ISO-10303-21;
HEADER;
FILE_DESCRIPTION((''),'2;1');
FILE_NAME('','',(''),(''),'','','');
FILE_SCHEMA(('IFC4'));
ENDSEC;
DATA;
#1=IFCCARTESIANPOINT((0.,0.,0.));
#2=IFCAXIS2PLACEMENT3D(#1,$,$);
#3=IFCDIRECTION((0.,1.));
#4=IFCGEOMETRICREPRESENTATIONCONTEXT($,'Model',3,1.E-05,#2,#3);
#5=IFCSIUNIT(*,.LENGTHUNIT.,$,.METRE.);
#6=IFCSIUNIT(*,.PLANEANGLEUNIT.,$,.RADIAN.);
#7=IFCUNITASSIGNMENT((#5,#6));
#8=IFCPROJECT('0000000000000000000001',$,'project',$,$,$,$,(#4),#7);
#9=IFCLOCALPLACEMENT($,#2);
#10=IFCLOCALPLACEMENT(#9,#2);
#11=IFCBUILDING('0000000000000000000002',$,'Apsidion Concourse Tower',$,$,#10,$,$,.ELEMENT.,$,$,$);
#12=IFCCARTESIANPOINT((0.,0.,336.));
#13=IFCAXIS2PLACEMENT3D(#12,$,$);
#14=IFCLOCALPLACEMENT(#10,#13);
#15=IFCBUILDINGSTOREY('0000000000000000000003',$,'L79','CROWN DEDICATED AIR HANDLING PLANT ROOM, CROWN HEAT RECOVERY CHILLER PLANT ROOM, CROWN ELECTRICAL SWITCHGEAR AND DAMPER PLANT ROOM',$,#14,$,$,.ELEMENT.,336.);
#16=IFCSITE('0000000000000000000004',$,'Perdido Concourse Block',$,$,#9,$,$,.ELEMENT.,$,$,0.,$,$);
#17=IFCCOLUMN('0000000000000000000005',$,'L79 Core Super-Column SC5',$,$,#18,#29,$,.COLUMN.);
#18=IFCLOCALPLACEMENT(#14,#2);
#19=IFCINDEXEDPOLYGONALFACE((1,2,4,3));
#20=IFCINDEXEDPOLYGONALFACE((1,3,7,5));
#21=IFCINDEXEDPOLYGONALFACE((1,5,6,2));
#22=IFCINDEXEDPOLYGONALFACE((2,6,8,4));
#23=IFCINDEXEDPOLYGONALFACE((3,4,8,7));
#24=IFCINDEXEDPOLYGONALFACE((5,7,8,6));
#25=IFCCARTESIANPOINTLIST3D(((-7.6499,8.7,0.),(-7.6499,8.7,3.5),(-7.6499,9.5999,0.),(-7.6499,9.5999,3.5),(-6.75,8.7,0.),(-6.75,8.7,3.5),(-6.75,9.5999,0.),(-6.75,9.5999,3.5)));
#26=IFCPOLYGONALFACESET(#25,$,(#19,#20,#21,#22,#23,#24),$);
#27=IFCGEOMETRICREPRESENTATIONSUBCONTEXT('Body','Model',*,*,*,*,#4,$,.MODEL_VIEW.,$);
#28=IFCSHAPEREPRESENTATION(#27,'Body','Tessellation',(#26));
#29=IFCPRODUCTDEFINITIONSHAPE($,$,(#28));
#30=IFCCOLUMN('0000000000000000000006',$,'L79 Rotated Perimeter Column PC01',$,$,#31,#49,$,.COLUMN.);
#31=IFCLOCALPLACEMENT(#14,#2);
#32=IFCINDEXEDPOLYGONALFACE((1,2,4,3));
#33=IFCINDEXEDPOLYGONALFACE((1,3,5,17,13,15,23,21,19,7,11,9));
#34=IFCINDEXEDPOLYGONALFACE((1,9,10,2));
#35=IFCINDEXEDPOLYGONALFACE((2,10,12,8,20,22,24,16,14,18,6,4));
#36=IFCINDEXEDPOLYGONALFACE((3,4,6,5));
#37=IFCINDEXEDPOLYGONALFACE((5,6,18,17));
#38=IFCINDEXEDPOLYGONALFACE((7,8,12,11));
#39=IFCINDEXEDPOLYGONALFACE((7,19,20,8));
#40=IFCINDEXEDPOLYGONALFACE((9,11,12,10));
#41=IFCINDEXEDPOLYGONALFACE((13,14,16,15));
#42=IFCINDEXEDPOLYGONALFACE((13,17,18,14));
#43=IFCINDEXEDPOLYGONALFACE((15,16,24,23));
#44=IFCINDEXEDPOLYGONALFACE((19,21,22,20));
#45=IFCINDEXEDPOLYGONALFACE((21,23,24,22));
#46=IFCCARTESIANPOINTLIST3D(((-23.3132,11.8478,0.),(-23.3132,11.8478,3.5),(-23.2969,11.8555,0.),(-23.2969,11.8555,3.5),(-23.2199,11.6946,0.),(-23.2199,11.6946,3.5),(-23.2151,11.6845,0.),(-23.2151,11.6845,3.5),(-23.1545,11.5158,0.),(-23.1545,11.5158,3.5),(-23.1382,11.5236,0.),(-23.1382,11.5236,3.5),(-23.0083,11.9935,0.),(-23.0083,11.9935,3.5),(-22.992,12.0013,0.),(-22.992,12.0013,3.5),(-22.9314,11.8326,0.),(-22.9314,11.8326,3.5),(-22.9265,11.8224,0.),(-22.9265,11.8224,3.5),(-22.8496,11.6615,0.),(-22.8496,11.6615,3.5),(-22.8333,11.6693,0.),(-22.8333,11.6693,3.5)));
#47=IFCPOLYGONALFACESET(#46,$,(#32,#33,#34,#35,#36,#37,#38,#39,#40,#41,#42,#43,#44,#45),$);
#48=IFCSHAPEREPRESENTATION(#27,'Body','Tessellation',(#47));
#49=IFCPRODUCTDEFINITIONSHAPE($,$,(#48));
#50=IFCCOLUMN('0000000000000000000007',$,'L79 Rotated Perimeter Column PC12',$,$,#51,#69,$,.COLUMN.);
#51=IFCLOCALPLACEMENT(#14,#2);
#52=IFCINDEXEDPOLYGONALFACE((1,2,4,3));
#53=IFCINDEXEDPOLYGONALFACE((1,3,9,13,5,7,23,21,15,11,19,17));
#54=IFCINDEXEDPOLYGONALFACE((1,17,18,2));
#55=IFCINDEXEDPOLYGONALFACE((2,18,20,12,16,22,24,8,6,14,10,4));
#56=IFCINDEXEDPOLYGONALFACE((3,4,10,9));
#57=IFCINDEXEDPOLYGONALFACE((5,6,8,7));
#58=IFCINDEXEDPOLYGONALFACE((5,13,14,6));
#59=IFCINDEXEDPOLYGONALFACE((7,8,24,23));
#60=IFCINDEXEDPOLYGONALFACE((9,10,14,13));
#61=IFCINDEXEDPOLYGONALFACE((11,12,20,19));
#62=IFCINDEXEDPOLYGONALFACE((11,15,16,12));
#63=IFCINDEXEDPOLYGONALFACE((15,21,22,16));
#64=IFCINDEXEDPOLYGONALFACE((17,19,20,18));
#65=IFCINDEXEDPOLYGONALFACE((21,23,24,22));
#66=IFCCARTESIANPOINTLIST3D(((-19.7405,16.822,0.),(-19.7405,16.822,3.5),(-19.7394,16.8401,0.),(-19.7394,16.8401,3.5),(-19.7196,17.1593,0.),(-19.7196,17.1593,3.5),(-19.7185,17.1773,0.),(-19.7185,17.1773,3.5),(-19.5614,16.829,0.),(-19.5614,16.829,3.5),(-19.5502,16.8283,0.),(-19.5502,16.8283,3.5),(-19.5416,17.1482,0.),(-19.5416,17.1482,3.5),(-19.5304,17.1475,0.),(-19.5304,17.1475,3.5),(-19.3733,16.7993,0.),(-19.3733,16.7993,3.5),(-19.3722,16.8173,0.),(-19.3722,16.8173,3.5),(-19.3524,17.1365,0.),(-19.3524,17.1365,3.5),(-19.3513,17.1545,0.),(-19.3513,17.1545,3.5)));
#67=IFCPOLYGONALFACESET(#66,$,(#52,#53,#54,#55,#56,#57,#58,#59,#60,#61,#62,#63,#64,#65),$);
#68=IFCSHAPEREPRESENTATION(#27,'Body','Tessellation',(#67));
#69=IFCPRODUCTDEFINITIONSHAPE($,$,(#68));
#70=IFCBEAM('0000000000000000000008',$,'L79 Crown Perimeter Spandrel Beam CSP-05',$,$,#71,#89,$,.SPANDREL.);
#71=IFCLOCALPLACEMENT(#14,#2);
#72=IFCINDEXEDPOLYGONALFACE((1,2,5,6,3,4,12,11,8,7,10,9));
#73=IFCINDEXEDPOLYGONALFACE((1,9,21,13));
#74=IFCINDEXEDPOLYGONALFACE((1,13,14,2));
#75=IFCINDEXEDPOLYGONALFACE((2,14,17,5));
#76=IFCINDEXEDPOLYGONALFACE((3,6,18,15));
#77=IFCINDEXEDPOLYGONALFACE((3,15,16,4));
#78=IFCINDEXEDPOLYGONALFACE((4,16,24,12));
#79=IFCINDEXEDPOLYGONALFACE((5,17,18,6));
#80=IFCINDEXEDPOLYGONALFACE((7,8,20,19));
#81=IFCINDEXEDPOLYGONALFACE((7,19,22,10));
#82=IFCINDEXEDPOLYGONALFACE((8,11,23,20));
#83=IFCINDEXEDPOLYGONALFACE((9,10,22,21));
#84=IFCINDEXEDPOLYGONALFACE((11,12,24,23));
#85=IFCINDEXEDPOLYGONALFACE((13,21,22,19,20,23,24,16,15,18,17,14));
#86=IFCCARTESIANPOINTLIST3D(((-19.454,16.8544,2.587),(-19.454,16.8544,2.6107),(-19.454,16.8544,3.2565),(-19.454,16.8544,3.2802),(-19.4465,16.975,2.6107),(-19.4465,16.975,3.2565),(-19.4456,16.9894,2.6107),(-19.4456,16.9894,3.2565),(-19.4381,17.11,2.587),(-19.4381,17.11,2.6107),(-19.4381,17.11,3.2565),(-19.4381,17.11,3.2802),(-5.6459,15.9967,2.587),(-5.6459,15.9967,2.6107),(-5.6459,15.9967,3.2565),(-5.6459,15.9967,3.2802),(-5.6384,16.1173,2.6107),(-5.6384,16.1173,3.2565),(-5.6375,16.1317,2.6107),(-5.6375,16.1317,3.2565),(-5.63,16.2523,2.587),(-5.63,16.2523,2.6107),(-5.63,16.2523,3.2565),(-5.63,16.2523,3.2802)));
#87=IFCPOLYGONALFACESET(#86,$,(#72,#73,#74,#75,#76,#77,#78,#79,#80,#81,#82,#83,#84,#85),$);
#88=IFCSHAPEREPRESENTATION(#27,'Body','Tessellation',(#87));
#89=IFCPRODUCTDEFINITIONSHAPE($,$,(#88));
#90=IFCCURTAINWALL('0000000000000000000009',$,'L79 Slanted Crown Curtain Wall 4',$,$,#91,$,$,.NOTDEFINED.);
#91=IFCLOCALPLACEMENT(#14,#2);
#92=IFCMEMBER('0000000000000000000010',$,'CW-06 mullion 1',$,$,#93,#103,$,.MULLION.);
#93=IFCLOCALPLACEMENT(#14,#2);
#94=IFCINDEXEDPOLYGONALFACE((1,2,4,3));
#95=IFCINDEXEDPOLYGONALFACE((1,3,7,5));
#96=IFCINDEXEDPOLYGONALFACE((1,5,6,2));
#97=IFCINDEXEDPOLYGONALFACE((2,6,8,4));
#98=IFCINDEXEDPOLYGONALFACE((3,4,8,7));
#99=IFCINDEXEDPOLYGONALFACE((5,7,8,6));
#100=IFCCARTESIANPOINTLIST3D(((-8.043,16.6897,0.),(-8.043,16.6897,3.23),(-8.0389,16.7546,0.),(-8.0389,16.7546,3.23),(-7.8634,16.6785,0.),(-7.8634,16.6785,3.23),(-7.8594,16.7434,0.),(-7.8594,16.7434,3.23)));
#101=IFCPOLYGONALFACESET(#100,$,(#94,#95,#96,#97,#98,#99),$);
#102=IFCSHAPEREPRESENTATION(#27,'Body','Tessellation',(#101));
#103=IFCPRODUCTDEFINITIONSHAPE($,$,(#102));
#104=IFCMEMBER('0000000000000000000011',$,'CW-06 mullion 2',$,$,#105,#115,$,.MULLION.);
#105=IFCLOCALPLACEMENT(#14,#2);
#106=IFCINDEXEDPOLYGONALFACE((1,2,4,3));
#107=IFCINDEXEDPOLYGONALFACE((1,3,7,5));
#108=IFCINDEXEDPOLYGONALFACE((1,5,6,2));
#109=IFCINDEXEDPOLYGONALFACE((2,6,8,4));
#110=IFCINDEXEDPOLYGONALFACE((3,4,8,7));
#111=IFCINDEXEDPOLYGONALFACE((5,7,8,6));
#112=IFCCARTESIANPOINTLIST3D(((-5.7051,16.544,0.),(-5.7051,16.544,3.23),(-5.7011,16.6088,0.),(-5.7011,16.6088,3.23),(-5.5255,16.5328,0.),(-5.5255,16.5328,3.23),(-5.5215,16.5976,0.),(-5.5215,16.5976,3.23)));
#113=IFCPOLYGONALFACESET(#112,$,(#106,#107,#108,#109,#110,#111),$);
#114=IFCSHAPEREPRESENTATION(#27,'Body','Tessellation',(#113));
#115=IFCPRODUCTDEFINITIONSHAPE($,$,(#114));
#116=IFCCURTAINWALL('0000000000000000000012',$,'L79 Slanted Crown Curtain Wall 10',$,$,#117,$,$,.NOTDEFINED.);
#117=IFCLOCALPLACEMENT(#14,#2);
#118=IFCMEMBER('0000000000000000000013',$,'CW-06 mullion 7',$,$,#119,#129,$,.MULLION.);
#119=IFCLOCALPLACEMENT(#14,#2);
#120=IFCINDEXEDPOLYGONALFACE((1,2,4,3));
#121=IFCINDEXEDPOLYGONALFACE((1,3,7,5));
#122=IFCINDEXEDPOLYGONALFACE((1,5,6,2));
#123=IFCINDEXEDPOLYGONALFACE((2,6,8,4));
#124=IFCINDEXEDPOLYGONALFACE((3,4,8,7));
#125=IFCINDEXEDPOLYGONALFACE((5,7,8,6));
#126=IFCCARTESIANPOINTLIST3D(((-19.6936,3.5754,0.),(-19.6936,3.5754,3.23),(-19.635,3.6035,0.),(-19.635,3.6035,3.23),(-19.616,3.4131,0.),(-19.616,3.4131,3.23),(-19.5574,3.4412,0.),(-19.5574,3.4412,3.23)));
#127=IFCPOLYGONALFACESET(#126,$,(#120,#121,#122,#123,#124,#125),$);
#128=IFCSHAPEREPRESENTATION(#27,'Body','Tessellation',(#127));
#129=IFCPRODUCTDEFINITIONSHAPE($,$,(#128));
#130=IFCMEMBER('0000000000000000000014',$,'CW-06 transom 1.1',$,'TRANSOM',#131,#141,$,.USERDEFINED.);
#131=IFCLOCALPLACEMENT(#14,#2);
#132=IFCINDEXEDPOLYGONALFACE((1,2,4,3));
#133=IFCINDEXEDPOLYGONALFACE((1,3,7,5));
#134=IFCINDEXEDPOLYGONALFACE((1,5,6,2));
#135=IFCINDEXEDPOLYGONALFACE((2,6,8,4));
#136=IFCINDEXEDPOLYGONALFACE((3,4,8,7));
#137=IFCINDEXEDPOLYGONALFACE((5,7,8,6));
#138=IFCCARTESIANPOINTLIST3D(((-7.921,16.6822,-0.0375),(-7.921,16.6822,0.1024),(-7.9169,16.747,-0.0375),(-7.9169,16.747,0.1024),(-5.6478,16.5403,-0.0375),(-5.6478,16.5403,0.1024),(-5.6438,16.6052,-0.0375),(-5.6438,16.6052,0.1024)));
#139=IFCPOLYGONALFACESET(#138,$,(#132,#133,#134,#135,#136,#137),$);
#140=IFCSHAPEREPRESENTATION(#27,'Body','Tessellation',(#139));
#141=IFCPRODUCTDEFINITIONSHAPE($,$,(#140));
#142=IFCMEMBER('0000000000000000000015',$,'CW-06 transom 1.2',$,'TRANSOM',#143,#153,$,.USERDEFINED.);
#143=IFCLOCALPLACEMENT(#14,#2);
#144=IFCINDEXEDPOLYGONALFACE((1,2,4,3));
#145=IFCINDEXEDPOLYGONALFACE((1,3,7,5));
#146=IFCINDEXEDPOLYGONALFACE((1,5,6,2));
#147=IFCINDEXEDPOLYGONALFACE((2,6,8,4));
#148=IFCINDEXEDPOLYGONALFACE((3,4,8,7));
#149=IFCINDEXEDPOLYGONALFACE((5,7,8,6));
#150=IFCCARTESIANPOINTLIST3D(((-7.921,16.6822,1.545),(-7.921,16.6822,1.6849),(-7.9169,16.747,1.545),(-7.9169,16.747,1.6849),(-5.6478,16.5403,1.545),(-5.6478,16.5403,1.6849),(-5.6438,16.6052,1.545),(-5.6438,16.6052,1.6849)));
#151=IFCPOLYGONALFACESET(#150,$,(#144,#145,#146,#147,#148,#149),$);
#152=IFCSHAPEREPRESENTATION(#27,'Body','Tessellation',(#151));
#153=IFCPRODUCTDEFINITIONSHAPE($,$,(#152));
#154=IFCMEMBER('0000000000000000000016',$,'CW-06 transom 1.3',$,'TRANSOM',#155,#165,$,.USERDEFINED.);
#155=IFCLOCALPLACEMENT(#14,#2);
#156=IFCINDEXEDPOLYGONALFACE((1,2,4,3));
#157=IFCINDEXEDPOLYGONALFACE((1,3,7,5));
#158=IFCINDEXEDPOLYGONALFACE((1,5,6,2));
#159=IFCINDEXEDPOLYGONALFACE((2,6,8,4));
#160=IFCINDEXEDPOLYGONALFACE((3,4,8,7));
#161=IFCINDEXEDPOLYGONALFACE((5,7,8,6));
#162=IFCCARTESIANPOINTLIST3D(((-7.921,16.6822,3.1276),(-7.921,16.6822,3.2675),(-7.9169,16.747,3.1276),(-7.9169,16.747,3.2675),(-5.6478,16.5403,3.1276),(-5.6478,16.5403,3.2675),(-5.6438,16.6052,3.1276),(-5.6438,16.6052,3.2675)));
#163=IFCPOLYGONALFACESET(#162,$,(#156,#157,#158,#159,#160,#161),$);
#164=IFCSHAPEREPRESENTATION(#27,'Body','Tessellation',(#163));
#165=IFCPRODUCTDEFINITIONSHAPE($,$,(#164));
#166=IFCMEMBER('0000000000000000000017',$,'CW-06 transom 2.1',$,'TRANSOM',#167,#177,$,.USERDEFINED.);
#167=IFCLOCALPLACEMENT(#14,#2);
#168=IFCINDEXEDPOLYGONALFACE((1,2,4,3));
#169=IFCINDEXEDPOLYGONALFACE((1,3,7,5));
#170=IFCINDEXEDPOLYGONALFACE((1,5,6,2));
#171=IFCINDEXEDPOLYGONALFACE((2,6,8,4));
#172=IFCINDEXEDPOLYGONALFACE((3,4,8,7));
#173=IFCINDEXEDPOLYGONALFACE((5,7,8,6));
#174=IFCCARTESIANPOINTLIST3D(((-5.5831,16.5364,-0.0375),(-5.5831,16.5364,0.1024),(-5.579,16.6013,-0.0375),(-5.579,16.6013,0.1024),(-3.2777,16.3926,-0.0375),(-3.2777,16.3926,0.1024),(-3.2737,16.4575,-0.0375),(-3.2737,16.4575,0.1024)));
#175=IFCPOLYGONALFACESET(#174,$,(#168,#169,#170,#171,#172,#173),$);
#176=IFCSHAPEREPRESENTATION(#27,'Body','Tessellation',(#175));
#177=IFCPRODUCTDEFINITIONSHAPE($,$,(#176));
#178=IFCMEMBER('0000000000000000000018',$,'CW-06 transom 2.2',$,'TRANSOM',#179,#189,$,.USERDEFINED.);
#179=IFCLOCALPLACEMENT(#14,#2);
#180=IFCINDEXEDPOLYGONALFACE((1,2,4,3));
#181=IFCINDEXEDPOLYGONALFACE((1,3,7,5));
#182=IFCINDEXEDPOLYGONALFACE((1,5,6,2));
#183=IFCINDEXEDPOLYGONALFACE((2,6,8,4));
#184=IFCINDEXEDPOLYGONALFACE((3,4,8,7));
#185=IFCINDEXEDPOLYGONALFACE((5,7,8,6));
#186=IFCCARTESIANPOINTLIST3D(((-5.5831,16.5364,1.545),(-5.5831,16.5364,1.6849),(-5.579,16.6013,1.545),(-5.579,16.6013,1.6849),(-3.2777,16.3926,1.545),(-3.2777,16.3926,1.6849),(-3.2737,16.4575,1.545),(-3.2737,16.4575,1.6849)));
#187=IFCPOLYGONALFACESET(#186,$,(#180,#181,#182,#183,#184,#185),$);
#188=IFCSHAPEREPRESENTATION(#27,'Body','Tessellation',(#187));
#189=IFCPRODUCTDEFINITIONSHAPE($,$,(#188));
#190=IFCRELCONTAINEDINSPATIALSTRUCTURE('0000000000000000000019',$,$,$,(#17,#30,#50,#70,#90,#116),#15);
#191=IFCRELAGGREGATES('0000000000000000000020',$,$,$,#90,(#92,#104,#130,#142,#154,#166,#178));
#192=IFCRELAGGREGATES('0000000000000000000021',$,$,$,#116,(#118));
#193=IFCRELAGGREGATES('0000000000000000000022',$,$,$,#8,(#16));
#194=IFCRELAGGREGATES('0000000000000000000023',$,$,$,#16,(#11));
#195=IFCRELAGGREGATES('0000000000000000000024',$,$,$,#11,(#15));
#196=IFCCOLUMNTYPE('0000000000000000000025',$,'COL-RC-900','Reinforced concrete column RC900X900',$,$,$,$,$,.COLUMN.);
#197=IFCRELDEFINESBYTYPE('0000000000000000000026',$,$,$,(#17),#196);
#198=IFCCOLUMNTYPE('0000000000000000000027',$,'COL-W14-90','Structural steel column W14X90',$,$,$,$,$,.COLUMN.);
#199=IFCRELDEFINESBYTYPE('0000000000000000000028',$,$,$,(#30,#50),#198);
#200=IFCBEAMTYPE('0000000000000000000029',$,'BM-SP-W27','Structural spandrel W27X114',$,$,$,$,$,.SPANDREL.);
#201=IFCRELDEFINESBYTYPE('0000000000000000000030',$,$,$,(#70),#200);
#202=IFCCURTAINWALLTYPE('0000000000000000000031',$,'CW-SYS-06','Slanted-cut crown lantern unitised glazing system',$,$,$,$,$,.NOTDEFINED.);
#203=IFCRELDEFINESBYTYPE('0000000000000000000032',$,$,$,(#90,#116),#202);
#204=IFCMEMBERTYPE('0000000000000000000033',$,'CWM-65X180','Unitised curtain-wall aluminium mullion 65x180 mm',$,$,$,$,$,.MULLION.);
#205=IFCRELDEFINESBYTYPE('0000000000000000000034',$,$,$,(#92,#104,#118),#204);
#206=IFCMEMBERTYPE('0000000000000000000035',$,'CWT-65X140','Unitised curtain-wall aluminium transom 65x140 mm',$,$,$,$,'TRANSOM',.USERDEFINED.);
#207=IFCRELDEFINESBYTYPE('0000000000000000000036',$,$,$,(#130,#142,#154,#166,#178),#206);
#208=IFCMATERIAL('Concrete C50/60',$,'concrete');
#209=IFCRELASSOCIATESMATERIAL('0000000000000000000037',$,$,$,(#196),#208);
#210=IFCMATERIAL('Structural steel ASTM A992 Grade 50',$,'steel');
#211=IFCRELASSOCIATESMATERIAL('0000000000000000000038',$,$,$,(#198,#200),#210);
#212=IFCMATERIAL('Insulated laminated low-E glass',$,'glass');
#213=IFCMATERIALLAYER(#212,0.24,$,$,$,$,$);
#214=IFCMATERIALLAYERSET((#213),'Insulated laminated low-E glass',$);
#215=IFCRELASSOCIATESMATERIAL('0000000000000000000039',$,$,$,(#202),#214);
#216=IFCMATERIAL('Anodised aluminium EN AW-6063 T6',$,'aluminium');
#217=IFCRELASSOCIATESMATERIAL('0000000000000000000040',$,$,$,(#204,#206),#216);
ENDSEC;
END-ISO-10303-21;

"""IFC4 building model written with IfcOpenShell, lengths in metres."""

from ifc_helpers import new_model, si_unit, direction, frame, origin, origin_2d, place, context, subcontext, project, spatial, rectangle, i_section, extrude, material, layer, layer_set, material_profile, profile_set, type_object, element, aggregate, save


model = new_model("IFC4")

# Units and contexts
model_context = context("Model", 3, precision=1e-05, world=origin(), true_north=direction((0.0, 1.0)))
body_context = subcontext(model_context, "Body", "Model", "MODEL_VIEW")
ifc_project = project(units=[si_unit("LENGTHUNIT", "METRE"), si_unit("PLANEANGLEUNIT", "RADIAN")], contexts=[model_context])

# Site, building, storey
site_placement = place(None, origin())
site = spatial("IfcSite", under=ifc_project, at=site_placement, Name="Perdido Concourse Block", CompositionType="ELEMENT", RefElevation=0.0)
building_placement = place(site_placement, origin())
building = spatial("IfcBuilding", under=site, at=building_placement, Name="Apsidion Concourse Tower", CompositionType="ELEMENT")
storey_placement = place(building_placement, frame((0.0, 0.0, 336.0)))
storey = spatial("IfcBuildingStorey", under=building, at=storey_placement, Name="L79", Description="CROWN DEDICATED AIR HANDLING PLANT ROOM, CROWN HEAT RECOVERY CHILLER PLANT ROOM, CROWN ELECTRICAL SWITCHGEAR AND DAMPER PLANT ROOM", CompositionType="ELEMENT", Elevation=336.0)

# Columns
ifc_material_1 = material(Name="Concrete C50/60", Category="concrete")
ifc_material_profile_1 = material_profile(ifc_material_1, rectangle(XDim=0.8999, YDim=0.8999, at=origin_2d()), Name="RC 900x900")
ifc_profile_set_1 = profile_set([ifc_material_profile_1], Name="Concrete C50/60")
column_type_1 = type_object("IfcColumnType", Name="COL-RC-900", Description="Reinforced concrete column RC900X900", PredefinedType="COLUMN", material=ifc_profile_set_1)
column_placement = place(storey_placement, frame((-7.2, 9.1499, 0.0), z_axis=(0.0, 0.0, 1.0), x_axis=(1.0, 0.0, 0.0)))
element("IfcColumn", 1, at=column_placement, inside=storey, type_object=column_type_1, Name="L79 Core Super-Column SC5", PredefinedType="COLUMN", context=body_context, shape_type="SweptSolid", body=[
    extrude(rectangle(XDim=0.8999, YDim=0.8999, at=origin_2d()), origin(), (0.0, 0.0, 1.0), 3.5),
])
ifc_material_2 = material(Name="Structural steel ASTM A992 Grade 50", Category="steel")
ifc_material_profile_2 = material_profile(ifc_material_2, i_section(OverallWidth=0.3679, OverallDepth=0.356, WebThickness=0.0112, FlangeThickness=0.0181, at=origin_2d()), Name="W14X90")
ifc_profile_set_2 = profile_set([ifc_material_profile_2], Name="Structural steel ASTM A992 Grade 50")
column_type_2 = type_object("IfcColumnType", Name="COL-W14-90", Description="Structural steel column W14X90", PredefinedType="COLUMN", material=ifc_profile_set_2)
for number, where, z_axis, x_axis, name in (
    (2, (-23.0732, 11.7585, 0.0), (0.0, 0.0, 1.0), (-0.431299, 0.902209, 0.0), "L79 Rotated Perimeter Column PC01"),
    (3, (-19.5459, 16.9883, 0.0), (0.0, 0.0, 1.0), (-0.998081, 0.06192, 0.0), "L79 Rotated Perimeter Column PC12"),
):
    element("IfcColumn", number, at=place(storey_placement, frame(where, z_axis=z_axis, x_axis=x_axis)), inside=storey, type_object=column_type_2, Name=name, PredefinedType="COLUMN", context=body_context, shape_type="SweptSolid", body=[
        extrude(i_section(OverallWidth=0.3679, OverallDepth=0.356, WebThickness=0.0112, FlangeThickness=0.0181, at=origin_2d()), origin(), (0.0, 0.0, 1.0), 3.5),
    ])

# Beam
ifc_material_profile_3 = material_profile(ifc_material_2, i_section(OverallWidth=0.2561, OverallDepth=0.6931, WebThickness=0.0144, FlangeThickness=0.0237, at=origin_2d()), Name="W27X114")
ifc_profile_set_3 = profile_set([ifc_material_profile_3], Name="Structural steel ASTM A992 Grade 50")
beam_type = type_object("IfcBeamType", Name="BM-SP-W27", Description="Structural spandrel W27X114", PredefinedType="SPANDREL", material=ifc_profile_set_3)
beam_placement = place(storey_placement, frame((-5.6379, 16.1245, 2.9336), z_axis=(-0.998077, 0.061994, 0.0), x_axis=(-0.061994, -0.998077, 0.0)))
element("IfcBeam", 4, at=beam_placement, inside=storey, type_object=beam_type, Name="L79 Crown Perimeter Spandrel Beam CSP-05", PredefinedType="SPANDREL", context=body_context, shape_type="SweptSolid", body=[
    extrude(i_section(OverallWidth=0.2561, OverallDepth=0.6931, WebThickness=0.0144, FlangeThickness=0.0237, at=origin_2d()), origin(), (0.0, 0.0, 1.0), 13.8347),
])

# Curtain wall, members
ifc_material_3 = material(Name="Insulated laminated low-E glass", Category="glass")
ifc_layer_1 = layer(ifc_material_3, 0.24)
ifc_layer_set_1 = layer_set([ifc_layer_1], Name="Insulated laminated low-E glass")
curtain_wall_type = type_object("IfcCurtainWallType", Name="CW-SYS-06", Description="Slanted-cut crown lantern unitised glazing system", PredefinedType="NOTDEFINED", material=ifc_layer_set_1)
curtain_wall_1_placement = place(storey_placement, origin())
curtain_wall_1 = element("IfcCurtainWall", 5, at=curtain_wall_1_placement, inside=storey, type_object=curtain_wall_type, Name="L79 Slanted Crown Curtain Wall 4", PredefinedType="NOTDEFINED")
ifc_material_4 = material(Name="Anodised aluminium EN AW-6063 T6", Category="aluminium")
ifc_material_profile_4 = material_profile(ifc_material_4, rectangle(XDim=0.0649, YDim=0.1799, at=origin_2d()), Name="ALU MULLION 65x180")
ifc_profile_set_4 = profile_set([ifc_material_profile_4], Name="Anodised aluminium EN AW-6063 T6")
member_type_1 = type_object("IfcMemberType", Name="CWM-65X180", Description="Unitised curtain-wall aluminium mullion 65x180 mm", PredefinedType="MULLION", material=ifc_profile_set_4)
member_1_placement = place(storey_placement, frame((-7.9512, 16.7166, 0.0), z_axis=(0.0, 0.0, 1.0), x_axis=(0.062245, 0.998061, 0.0)))
member_1 = element("IfcMember", 6, at=member_1_placement, type_object=member_type_1, Name="CW-06 mullion 1", PredefinedType="MULLION", context=body_context, shape_type="SweptSolid", body=[
    extrude(rectangle(XDim=0.0649, YDim=0.1799, at=origin_2d()), origin(), (0.0, 0.0, 1.0), 3.23),
])
member_2_placement = place(storey_placement, frame((-5.6133, 16.5708, 0.0), z_axis=(0.0, 0.0, 1.0), x_axis=(0.062245, 0.998061, 0.0)))
member_2 = element("IfcMember", 7, at=member_2_placement, type_object=member_type_1, Name="CW-06 mullion 2", PredefinedType="MULLION", context=body_context, shape_type="SweptSolid", body=[
    extrude(rectangle(XDim=0.0649, YDim=0.1799, at=origin_2d()), origin(), (0.0, 0.0, 1.0), 3.23),
])

# Curtain wall, member
curtain_wall_2_placement = place(storey_placement, origin())
curtain_wall_2 = element("IfcCurtainWall", 8, at=curtain_wall_2_placement, inside=storey, type_object=curtain_wall_type, Name="L79 Slanted Crown Curtain Wall 10", PredefinedType="NOTDEFINED")
member_3_placement = place(storey_placement, frame((-19.6255, 3.5083, 0.0), z_axis=(0.0, 0.0, 1.0), x_axis=(-0.902067, -0.431596, 0.0)))
member_3 = element("IfcMember", 9, at=member_3_placement, type_object=member_type_1, Name="CW-06 mullion 7", PredefinedType="MULLION", context=body_context, shape_type="SweptSolid", body=[
    extrude(rectangle(XDim=0.0649, YDim=0.1799, at=origin_2d()), origin(), (0.0, 0.0, 1.0), 3.23),
])

# Members
ifc_material_profile_5 = material_profile(ifc_material_4, rectangle(XDim=0.0649, YDim=0.1399, at=origin_2d()), Name="ALU TRANSOM 65x140")
ifc_profile_set_5 = profile_set([ifc_material_profile_5], Name="Anodised aluminium EN AW-6063 T6")
member_type_2 = type_object("IfcMemberType", Name="CWT-65X140", Description="Unitised curtain-wall aluminium transom 65x140 mm", ElementType="TRANSOM", PredefinedType="USERDEFINED", material=ifc_profile_set_5)
member_4_placement = place(storey_placement, frame((-7.9189, 16.7146, 0.0325), z_axis=(0.998059, -0.062278, 0.0), x_axis=(0.062278, 0.998059, 0.0)))
member_4 = element("IfcMember", 10, at=member_4_placement, type_object=member_type_2, Name="CW-06 transom 1.1", ObjectType="TRANSOM", PredefinedType="USERDEFINED", context=body_context, shape_type="SweptSolid", body=[
    extrude(rectangle(XDim=0.0649, YDim=0.1399, at=origin_2d()), origin(), (0.0, 0.0, 1.0), 2.2776),
])
member_5_placement = place(storey_placement, frame((-7.9189, 16.7146, 1.615), z_axis=(0.998059, -0.062278, 0.0), x_axis=(0.062278, 0.998059, 0.0)))
member_5 = element("IfcMember", 11, at=member_5_placement, type_object=member_type_2, Name="CW-06 transom 1.2", ObjectType="TRANSOM", PredefinedType="USERDEFINED", context=body_context, shape_type="SweptSolid", body=[
    extrude(rectangle(XDim=0.0649, YDim=0.1399, at=origin_2d()), origin(), (0.0, 0.0, 1.0), 2.2776),
])
member_6_placement = place(storey_placement, frame((-7.9189, 16.7146, 3.1975), z_axis=(0.998059, -0.062278, 0.0), x_axis=(0.062278, 0.998059, 0.0)))
member_6 = element("IfcMember", 12, at=member_6_placement, type_object=member_type_2, Name="CW-06 transom 1.3", ObjectType="TRANSOM", PredefinedType="USERDEFINED", context=body_context, shape_type="SweptSolid", body=[
    extrude(rectangle(XDim=0.0649, YDim=0.1399, at=origin_2d()), origin(), (0.0, 0.0, 1.0), 2.2776),
])
member_7_placement = place(storey_placement, frame((-5.5811, 16.5688, 0.0325), z_axis=(0.99806, -0.062253, 0.0), x_axis=(0.062253, 0.99806, 0.0)))
member_7 = element("IfcMember", 13, at=member_7_placement, type_object=member_type_2, Name="CW-06 transom 2.1", ObjectType="TRANSOM", PredefinedType="USERDEFINED", context=body_context, shape_type="SweptSolid", body=[
    extrude(rectangle(XDim=0.0649, YDim=0.1399, at=origin_2d()), origin(), (0.0, 0.0, 1.0), 2.3098),
])
member_8_placement = place(storey_placement, frame((-5.5811, 16.5688, 1.615), z_axis=(0.99806, -0.062253, 0.0), x_axis=(0.062253, 0.99806, 0.0)))
member_8 = element("IfcMember", 14, at=member_8_placement, type_object=member_type_2, Name="CW-06 transom 2.2", ObjectType="TRANSOM", PredefinedType="USERDEFINED", context=body_context, shape_type="SweptSolid", body=[
    extrude(rectangle(XDim=0.0649, YDim=0.1399, at=origin_2d()), origin(), (0.0, 0.0, 1.0), 2.3098),
])

aggregate(curtain_wall_1, [member_1, member_2, member_4, member_5, member_6, member_7, member_8])
aggregate(curtain_wall_2, [member_3])

save(model, "model.ifc")
